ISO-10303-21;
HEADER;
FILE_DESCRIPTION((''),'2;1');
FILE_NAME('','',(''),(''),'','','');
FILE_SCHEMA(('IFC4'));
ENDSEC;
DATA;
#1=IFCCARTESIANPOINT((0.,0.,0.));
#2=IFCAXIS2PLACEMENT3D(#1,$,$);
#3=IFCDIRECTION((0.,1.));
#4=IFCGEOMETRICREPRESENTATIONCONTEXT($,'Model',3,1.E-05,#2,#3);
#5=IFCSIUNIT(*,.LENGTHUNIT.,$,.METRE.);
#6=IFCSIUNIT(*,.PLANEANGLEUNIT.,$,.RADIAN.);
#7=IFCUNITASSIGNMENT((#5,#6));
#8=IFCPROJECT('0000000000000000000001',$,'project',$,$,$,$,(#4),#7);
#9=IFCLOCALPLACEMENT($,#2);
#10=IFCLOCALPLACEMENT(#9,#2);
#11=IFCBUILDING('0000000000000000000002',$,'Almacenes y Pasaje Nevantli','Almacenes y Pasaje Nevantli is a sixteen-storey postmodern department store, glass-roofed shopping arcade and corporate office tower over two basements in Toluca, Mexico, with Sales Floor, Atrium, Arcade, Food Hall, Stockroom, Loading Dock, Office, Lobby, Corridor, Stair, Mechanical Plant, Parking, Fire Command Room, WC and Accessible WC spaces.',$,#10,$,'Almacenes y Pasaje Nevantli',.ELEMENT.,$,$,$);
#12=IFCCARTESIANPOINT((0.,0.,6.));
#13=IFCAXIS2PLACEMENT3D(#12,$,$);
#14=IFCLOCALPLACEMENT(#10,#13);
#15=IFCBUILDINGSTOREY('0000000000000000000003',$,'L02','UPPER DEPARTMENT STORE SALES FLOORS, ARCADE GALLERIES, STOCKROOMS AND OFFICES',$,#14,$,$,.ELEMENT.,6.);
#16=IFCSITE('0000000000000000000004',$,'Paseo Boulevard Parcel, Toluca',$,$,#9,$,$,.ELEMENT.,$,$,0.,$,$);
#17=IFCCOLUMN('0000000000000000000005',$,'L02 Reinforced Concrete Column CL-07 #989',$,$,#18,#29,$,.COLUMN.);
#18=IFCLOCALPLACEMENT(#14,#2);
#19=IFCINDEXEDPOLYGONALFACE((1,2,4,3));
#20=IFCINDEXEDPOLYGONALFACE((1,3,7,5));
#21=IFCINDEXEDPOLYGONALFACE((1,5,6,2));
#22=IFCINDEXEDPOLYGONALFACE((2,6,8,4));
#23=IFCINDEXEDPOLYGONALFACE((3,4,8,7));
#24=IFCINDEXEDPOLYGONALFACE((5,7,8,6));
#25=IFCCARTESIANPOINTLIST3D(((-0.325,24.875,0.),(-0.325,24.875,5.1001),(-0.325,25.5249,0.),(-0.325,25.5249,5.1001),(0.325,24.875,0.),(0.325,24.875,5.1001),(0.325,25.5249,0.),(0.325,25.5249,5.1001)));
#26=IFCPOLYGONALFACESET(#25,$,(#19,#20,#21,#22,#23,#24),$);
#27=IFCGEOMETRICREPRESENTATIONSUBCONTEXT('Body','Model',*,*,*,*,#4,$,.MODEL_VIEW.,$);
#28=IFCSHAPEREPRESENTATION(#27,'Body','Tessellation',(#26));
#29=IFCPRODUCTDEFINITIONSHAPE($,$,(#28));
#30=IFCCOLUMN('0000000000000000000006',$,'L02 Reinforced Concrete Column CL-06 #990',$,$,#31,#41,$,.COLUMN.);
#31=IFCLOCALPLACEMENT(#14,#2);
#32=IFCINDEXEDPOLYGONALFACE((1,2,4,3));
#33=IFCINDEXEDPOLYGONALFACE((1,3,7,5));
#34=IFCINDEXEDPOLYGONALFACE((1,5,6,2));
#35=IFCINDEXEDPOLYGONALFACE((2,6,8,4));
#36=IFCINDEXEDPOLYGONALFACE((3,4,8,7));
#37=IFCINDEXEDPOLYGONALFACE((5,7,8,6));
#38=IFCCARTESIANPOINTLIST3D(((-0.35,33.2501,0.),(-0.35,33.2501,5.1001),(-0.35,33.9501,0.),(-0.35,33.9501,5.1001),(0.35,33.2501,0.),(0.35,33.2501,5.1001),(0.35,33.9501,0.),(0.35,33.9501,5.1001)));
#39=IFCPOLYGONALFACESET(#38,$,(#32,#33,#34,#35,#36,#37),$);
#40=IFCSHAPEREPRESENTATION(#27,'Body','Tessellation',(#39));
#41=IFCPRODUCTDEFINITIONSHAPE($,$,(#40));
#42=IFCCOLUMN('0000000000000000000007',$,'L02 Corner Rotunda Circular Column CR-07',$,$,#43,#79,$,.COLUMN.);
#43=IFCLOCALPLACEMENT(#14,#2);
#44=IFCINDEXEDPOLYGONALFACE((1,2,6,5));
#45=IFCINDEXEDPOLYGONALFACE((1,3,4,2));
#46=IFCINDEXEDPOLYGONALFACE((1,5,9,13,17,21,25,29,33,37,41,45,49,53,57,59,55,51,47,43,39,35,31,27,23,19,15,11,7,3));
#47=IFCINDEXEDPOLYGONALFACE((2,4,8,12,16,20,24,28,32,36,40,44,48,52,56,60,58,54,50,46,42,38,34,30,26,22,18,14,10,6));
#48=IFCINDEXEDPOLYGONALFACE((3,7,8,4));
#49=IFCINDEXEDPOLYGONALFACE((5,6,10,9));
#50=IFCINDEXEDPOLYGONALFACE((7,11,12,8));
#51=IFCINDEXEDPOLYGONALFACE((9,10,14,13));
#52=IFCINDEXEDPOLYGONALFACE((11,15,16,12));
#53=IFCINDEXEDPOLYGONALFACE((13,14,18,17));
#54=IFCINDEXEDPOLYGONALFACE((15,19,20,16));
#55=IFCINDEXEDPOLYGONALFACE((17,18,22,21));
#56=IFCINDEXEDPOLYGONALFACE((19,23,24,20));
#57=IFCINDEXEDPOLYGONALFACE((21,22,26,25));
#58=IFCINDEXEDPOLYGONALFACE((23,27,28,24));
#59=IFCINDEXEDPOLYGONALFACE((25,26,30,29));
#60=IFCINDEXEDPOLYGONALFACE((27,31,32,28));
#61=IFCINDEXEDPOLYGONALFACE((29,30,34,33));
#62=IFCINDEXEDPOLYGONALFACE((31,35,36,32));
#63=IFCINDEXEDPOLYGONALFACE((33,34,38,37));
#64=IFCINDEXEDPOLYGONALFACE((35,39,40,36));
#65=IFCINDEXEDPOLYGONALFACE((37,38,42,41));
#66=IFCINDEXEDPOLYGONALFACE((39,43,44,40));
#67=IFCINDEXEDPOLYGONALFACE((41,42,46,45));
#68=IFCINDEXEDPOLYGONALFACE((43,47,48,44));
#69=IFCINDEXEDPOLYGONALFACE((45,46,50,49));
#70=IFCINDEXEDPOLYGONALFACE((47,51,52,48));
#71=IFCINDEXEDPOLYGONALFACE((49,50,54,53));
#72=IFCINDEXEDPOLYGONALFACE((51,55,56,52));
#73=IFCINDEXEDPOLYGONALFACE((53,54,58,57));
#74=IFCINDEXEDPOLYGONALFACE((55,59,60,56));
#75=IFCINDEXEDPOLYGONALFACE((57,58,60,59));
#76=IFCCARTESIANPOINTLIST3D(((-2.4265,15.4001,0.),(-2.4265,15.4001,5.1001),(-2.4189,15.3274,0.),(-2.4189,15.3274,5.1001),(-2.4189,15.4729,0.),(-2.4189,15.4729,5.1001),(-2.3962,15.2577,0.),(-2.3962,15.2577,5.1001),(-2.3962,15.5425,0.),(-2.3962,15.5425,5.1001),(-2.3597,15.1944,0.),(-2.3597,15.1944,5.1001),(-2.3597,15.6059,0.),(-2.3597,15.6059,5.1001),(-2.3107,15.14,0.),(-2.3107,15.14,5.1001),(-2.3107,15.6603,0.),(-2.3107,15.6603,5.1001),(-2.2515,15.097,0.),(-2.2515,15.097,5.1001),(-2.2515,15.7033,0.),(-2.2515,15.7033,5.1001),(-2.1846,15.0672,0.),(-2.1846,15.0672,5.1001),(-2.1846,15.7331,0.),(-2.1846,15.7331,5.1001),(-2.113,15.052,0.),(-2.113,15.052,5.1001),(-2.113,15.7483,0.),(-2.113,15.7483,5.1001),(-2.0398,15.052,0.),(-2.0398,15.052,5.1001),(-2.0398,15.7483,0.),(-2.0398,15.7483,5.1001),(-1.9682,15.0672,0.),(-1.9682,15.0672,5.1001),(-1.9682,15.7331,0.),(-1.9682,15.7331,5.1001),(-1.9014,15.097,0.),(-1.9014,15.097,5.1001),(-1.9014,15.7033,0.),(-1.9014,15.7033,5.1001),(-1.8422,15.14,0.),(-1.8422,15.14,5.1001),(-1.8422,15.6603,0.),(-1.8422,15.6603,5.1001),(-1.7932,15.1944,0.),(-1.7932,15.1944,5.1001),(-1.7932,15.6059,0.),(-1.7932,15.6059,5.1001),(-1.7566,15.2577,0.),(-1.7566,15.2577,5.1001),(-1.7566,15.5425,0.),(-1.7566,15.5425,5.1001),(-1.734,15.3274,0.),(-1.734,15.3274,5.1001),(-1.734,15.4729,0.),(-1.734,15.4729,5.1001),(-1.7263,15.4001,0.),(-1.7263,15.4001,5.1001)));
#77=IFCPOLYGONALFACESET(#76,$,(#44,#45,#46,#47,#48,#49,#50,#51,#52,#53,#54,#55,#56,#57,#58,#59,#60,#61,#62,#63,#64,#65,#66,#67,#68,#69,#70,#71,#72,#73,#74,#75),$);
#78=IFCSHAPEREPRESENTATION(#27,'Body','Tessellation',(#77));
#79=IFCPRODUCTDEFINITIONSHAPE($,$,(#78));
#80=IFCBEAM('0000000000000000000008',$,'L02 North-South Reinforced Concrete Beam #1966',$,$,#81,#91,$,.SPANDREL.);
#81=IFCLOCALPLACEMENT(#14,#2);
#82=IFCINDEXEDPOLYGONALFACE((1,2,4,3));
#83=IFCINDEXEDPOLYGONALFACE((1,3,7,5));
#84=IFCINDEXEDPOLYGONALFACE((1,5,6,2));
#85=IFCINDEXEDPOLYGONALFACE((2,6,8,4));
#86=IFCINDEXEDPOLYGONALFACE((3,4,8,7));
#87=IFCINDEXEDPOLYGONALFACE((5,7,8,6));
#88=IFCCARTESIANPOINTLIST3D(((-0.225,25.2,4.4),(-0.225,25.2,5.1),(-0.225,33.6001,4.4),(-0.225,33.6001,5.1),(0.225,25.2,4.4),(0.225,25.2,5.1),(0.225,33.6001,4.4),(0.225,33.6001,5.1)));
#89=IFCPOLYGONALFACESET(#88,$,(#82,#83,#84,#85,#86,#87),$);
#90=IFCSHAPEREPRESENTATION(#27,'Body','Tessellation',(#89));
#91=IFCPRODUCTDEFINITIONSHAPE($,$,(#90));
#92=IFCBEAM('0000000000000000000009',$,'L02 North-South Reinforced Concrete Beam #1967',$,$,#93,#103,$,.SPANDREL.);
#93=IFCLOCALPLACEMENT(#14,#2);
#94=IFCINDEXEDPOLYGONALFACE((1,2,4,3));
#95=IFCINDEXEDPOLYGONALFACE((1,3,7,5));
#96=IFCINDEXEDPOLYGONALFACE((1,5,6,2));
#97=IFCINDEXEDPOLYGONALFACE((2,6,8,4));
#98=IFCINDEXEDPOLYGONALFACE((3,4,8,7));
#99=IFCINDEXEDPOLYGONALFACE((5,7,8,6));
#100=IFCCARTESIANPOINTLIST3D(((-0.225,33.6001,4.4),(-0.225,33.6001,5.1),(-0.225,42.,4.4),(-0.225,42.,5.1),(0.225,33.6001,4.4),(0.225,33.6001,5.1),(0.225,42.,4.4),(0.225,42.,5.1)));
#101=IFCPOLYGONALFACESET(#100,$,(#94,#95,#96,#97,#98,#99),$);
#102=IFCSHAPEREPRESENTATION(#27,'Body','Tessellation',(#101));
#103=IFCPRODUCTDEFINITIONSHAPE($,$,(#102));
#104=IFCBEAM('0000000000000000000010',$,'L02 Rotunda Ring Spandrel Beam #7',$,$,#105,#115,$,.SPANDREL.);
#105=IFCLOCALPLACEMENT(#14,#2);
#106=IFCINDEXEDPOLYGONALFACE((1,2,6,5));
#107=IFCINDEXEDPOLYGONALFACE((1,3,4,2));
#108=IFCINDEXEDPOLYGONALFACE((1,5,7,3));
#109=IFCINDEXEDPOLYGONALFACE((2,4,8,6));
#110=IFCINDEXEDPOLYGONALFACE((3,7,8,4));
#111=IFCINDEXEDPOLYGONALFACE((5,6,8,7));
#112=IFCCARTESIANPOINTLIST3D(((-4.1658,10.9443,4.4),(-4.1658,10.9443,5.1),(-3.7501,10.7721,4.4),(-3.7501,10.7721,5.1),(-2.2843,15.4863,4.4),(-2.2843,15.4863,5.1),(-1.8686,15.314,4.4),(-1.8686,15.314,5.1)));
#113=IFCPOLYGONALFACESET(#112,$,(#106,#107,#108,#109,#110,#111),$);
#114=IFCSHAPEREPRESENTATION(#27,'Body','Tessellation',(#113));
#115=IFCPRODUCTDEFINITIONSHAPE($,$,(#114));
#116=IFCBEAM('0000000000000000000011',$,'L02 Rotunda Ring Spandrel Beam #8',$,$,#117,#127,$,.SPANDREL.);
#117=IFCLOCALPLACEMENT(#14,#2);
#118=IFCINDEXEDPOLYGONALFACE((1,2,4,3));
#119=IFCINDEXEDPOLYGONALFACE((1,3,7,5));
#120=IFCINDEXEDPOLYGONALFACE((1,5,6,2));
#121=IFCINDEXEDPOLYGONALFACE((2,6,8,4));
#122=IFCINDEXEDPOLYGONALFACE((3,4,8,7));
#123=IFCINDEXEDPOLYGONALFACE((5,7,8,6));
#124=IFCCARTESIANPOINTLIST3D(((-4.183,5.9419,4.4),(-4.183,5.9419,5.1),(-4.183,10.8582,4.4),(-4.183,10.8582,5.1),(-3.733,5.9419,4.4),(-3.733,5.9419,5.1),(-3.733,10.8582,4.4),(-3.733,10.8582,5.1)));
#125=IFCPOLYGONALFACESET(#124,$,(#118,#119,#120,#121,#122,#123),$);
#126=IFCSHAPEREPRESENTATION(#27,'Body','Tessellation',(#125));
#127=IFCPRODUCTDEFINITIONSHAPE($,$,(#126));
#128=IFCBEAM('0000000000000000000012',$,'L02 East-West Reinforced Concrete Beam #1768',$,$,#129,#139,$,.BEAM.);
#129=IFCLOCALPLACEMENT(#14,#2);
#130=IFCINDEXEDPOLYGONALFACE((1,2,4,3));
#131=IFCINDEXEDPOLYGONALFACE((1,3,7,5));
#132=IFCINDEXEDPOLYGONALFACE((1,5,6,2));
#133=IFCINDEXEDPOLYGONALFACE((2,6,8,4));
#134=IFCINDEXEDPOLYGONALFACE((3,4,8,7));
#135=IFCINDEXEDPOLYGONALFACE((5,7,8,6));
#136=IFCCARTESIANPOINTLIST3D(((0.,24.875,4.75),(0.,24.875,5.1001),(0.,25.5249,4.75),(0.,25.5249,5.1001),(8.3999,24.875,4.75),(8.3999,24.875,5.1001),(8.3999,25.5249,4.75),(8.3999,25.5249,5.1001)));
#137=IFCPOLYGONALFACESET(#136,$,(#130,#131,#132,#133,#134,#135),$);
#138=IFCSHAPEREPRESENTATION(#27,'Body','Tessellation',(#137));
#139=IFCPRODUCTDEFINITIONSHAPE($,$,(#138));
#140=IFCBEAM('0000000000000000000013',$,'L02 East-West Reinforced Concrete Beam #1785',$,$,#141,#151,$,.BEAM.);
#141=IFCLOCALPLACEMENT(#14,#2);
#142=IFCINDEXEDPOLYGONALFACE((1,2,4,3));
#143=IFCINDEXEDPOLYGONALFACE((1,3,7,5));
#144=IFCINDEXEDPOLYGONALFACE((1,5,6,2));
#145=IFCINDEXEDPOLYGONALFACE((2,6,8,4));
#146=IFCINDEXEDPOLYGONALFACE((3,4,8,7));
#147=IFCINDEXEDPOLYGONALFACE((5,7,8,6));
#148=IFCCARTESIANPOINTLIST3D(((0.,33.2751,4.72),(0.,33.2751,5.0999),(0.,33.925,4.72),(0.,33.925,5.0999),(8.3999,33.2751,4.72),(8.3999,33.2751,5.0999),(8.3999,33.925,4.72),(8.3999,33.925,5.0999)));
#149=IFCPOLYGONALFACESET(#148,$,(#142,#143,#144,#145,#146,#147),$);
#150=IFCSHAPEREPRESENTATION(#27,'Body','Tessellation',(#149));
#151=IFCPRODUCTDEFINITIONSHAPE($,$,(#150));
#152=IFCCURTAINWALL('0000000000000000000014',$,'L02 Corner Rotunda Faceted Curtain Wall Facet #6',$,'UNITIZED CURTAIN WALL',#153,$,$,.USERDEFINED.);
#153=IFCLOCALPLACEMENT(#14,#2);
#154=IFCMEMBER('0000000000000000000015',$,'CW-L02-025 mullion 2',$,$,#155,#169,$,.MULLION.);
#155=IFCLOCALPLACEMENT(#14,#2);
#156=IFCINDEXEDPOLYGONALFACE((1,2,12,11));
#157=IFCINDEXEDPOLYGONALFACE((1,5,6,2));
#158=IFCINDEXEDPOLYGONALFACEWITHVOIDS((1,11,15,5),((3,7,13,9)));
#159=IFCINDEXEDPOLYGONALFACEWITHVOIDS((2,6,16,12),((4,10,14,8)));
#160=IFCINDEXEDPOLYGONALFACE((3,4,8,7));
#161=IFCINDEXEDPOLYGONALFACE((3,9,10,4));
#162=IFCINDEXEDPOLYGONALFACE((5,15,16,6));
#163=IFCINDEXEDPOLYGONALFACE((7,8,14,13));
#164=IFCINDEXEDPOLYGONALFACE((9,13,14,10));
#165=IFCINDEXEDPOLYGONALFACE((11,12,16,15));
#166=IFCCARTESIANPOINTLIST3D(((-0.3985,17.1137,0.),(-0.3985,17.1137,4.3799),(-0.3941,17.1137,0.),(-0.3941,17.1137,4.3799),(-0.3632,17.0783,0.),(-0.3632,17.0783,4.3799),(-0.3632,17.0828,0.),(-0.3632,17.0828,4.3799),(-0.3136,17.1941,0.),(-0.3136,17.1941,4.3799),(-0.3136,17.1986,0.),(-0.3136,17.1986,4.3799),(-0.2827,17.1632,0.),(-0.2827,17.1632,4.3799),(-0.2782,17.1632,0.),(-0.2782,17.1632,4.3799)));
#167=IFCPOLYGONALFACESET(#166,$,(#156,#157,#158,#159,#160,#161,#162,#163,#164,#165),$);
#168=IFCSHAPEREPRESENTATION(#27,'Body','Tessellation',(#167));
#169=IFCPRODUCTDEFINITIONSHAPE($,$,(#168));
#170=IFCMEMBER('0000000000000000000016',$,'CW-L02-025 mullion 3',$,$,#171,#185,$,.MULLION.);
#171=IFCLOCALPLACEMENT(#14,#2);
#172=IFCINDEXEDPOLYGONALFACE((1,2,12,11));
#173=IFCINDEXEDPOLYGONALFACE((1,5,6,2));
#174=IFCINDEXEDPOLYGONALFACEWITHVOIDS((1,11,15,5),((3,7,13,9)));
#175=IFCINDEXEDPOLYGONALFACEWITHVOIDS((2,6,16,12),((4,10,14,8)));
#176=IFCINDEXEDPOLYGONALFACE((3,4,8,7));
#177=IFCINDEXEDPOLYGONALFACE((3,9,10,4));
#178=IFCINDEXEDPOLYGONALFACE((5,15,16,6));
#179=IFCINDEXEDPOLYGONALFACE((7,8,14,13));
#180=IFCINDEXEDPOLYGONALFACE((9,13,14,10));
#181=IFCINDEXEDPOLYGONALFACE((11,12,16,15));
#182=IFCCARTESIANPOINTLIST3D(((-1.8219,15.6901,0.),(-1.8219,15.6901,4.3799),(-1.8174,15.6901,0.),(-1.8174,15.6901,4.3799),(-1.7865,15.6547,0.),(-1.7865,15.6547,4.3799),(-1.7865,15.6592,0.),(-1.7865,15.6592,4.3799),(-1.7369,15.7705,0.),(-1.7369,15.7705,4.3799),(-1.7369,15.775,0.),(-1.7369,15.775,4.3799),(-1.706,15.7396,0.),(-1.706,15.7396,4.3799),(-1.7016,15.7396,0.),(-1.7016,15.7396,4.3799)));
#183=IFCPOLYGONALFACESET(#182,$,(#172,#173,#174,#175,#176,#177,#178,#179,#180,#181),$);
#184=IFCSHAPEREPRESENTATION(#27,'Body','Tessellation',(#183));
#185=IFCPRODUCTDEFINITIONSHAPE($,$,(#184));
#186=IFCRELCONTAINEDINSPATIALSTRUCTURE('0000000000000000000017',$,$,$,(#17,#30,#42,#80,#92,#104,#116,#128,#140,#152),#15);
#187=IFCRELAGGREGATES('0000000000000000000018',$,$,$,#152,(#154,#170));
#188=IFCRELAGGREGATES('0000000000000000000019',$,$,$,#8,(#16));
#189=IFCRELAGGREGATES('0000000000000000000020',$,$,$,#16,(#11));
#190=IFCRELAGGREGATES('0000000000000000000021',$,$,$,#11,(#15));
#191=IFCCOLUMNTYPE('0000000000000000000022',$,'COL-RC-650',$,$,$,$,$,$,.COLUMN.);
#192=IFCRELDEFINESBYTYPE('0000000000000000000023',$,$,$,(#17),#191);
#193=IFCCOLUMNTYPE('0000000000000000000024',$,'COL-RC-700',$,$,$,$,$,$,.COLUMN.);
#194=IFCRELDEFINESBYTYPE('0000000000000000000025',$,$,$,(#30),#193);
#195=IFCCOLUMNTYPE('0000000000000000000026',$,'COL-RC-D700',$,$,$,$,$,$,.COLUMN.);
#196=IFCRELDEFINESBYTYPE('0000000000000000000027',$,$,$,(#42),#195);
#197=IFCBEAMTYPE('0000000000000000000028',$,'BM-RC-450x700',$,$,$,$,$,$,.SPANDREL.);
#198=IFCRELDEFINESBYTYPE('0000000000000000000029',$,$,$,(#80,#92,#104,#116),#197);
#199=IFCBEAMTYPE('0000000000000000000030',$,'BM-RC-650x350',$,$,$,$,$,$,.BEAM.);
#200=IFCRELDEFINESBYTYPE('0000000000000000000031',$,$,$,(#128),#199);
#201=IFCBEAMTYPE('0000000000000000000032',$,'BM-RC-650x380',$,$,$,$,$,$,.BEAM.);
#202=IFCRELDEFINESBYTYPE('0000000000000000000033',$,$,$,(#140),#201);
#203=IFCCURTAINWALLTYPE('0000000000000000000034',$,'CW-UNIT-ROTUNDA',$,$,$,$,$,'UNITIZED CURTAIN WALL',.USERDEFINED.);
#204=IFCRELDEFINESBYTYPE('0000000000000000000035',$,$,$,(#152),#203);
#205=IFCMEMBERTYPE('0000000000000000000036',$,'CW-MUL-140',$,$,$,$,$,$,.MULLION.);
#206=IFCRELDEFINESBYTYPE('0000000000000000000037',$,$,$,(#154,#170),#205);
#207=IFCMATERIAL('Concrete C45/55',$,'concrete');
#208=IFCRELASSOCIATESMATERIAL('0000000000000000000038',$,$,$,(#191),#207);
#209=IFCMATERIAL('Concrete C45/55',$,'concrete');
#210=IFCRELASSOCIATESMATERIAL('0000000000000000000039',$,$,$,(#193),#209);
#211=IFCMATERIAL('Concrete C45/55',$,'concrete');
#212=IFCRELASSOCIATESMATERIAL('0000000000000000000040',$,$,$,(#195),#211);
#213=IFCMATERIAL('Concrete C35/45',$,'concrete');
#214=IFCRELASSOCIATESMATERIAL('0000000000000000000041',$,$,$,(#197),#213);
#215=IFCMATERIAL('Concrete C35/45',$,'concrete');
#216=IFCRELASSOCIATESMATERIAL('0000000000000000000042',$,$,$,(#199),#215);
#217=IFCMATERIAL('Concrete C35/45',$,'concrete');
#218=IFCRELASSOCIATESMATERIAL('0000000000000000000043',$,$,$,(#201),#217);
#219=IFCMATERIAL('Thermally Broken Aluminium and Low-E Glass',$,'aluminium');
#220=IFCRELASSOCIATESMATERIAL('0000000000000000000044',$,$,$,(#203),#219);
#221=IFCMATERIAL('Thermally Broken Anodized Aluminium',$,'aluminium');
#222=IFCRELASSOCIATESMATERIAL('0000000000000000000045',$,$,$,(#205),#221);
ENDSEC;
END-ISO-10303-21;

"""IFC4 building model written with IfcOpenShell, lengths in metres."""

from ifc_helpers import new_model, si_unit, direction, frame, origin, origin_2d, place, context, subcontext, project, spatial, rectangle, hollow_rectangle, circle, extrude, material, material_profile, profile_set, type_object, element, aggregate, save


model = new_model("IFC4")

# Units and contexts
model_context = context("Model", 3, precision=1e-05, world=origin(), true_north=direction((0.0, 1.0)))
body_context = subcontext(model_context, "Body", "Model", "MODEL_VIEW")
ifc_project = project(units=[si_unit("LENGTHUNIT", "METRE"), si_unit("PLANEANGLEUNIT", "RADIAN")], contexts=[model_context])

# Site, building, storey
site_placement = place(None, origin())
site = spatial("IfcSite", under=ifc_project, at=site_placement, Name="Paseo Boulevard Parcel, Toluca", CompositionType="ELEMENT", RefElevation=0.0)
building_placement = place(site_placement, origin())
building = spatial("IfcBuilding", under=site, at=building_placement, Name="Almacenes y Pasaje Nevantli", Description="Almacenes y Pasaje Nevantli is a sixteen-storey postmodern department store, glass-roofed shopping arcade and corporate office tower over two basements in Toluca, Mexico, with Sales Floor, Atrium, Arcade, Food Hall, Stockroom, Loading Dock, Office, Lobby, Corridor, Stair, Mechanical Plant, Parking, Fire Command Room, WC and Accessible WC spaces.", LongName="Almacenes y Pasaje Nevantli", CompositionType="ELEMENT")
storey_placement = place(building_placement, frame((0.0, 0.0, 6.0)))
storey = spatial("IfcBuildingStorey", under=building, at=storey_placement, Name="L02", Description="UPPER DEPARTMENT STORE SALES FLOORS, ARCADE GALLERIES, STOCKROOMS AND OFFICES", CompositionType="ELEMENT", Elevation=6.0)

# Columns
ifc_material_1 = material(Name="Concrete C45/55", Category="concrete")
ifc_material_profile_1 = material_profile(ifc_material_1, rectangle(XDim=0.6499, YDim=0.6499, at=origin_2d()), Name="RC-COL-650x650")
ifc_profile_set_1 = profile_set([ifc_material_profile_1], Name="Concrete C45/55")
column_type_1 = type_object("IfcColumnType", Name="COL-RC-650", PredefinedType="COLUMN", material=ifc_profile_set_1)
column_1_placement = place(storey_placement, frame((0.0, 25.2, 0.0), z_axis=(0.0, 0.0, 1.0), x_axis=(1.0, 0.0, 0.0)))
element("IfcColumn", 1, at=column_1_placement, inside=storey, type_object=column_type_1, Name="L02 Reinforced Concrete Column CL-07 #989", PredefinedType="COLUMN", context=body_context, shape_type="SweptSolid", body=[
    extrude(rectangle(XDim=0.6499, YDim=0.6499, at=origin_2d()), origin(), (0.0, 0.0, 1.0), 5.1001),
])
ifc_material_2 = material(Name="Concrete C45/55", Category="concrete")
ifc_material_profile_2 = material_profile(ifc_material_2, rectangle(XDim=0.7, YDim=0.7, at=origin_2d()), Name="RC-COL-700x700")
ifc_profile_set_2 = profile_set([ifc_material_profile_2], Name="Concrete C45/55")
column_type_2 = type_object("IfcColumnType", Name="COL-RC-700", PredefinedType="COLUMN", material=ifc_profile_set_2)
column_2_placement = place(storey_placement, frame((0.0, 33.6001, 0.0), z_axis=(0.0, 0.0, 1.0), x_axis=(1.0, 0.0, 0.0)))
element("IfcColumn", 2, at=column_2_placement, inside=storey, type_object=column_type_2, Name="L02 Reinforced Concrete Column CL-06 #990", PredefinedType="COLUMN", context=body_context, shape_type="SweptSolid", body=[
    extrude(rectangle(XDim=0.7, YDim=0.7, at=origin_2d()), origin(), (0.0, 0.0, 1.0), 5.1001),
])
ifc_material_3 = material(Name="Concrete C45/55", Category="concrete")
ifc_material_profile_3 = material_profile(ifc_material_3, circle(Radius=0.3501, at=origin_2d()), Name="RC-COL-D700")
ifc_profile_set_3 = profile_set([ifc_material_profile_3], Name="Concrete C45/55")
column_type_3 = type_object("IfcColumnType", Name="COL-RC-D700", PredefinedType="COLUMN", material=ifc_profile_set_3)
column_3_placement = place(storey_placement, frame((-2.0764, 15.4001, 0.0), z_axis=(0.0, 0.0, 1.0), x_axis=(1.0, 0.0, 0.0)))
element("IfcColumn", 3, at=column_3_placement, inside=storey, type_object=column_type_3, Name="L02 Corner Rotunda Circular Column CR-07", PredefinedType="COLUMN", context=body_context, shape_type="SweptSolid", body=[
    extrude(circle(Radius=0.3501, at=origin_2d()), origin(), (0.0, 0.0, 1.0), 5.1001),
])

# Beams
ifc_material_4 = material(Name="Concrete C35/45", Category="concrete")
ifc_material_profile_4 = material_profile(ifc_material_4, rectangle(XDim=0.45, YDim=0.7, at=origin_2d()), Name="RC-BM-450x700")
ifc_profile_set_4 = profile_set([ifc_material_profile_4], Name="Concrete C35/45")
beam_type_1 = type_object("IfcBeamType", Name="BM-RC-450x700", PredefinedType="SPANDREL", material=ifc_profile_set_4)
beam_1_placement = place(storey_placement, frame((0.0, 25.2, 4.75), z_axis=(0.0, 1.0, 0.0), x_axis=(-1.0, 0.0, 0.0)))
element("IfcBeam", 4, at=beam_1_placement, inside=storey, type_object=beam_type_1, Name="L02 North-South Reinforced Concrete Beam #1966", PredefinedType="SPANDREL", context=body_context, shape_type="SweptSolid", body=[
    extrude(rectangle(XDim=0.45, YDim=0.7, at=origin_2d()), origin(), (0.0, 0.0, 1.0), 8.4001),
])
beam_2_placement = place(storey_placement, frame((0.0, 33.6001, 4.75), z_axis=(0.0, 1.0, 0.0), x_axis=(-1.0, 0.0, 0.0)))
element("IfcBeam", 5, at=beam_2_placement, inside=storey, type_object=beam_type_1, Name="L02 North-South Reinforced Concrete Beam #1967", PredefinedType="SPANDREL", context=body_context, shape_type="SweptSolid", body=[
    extrude(rectangle(XDim=0.45, YDim=0.7, at=origin_2d()), origin(), (0.0, 0.0, 1.0), 8.3999),
])
for number, where, z_axis, x_axis, name in (
    (6, (-2.0764, 15.4001, 4.75), (-0.382725, -0.923862, 0.0), (0.923862, -0.382725, 0.0), "L02 Rotunda Ring Spandrel Beam #7"),
    (7, (-3.958, 10.8582, 4.75), (0.0, -1.0, 0.0), (1.0, 0.0, 0.0), "L02 Rotunda Ring Spandrel Beam #8"),
):
    element("IfcBeam", number, at=place(storey_placement, frame(where, z_axis=z_axis, x_axis=x_axis)), inside=storey, type_object=beam_type_1, Name=name, PredefinedType="SPANDREL", context=body_context, shape_type="SweptSolid", body=[
        extrude(rectangle(XDim=0.45, YDim=0.7, at=origin_2d()), origin(), (0.0, 0.0, 1.0), 4.9163),
    ])
ifc_material_5 = material(Name="Concrete C35/45", Category="concrete")
ifc_material_profile_5 = material_profile(ifc_material_5, rectangle(XDim=0.6499, YDim=0.3501, at=origin_2d()), Name="RC-BM-650x350")
ifc_profile_set_5 = profile_set([ifc_material_profile_5], Name="Concrete C35/45")
beam_type_2 = type_object("IfcBeamType", Name="BM-RC-650x350", PredefinedType="BEAM", material=ifc_profile_set_5)
beam_3_placement = place(storey_placement, frame((0.0, 25.2, 4.925), z_axis=(1.0, 0.0, 0.0), x_axis=(0.0, 1.0, 0.0)))
element("IfcBeam", 8, at=beam_3_placement, inside=storey, type_object=beam_type_2, Name="L02 East-West Reinforced Concrete Beam #1768", PredefinedType="BEAM", context=body_context, shape_type="SweptSolid", body=[
    extrude(rectangle(XDim=0.6499, YDim=0.3501, at=origin_2d()), origin(), (0.0, 0.0, 1.0), 8.3999),
])
ifc_material_6 = material(Name="Concrete C35/45", Category="concrete")
ifc_material_profile_6 = material_profile(ifc_material_6, rectangle(XDim=0.6499, YDim=0.3799, at=origin_2d()), Name="RC-BM-650x380")
ifc_profile_set_6 = profile_set([ifc_material_profile_6], Name="Concrete C35/45")
beam_type_3 = type_object("IfcBeamType", Name="BM-RC-650x380", PredefinedType="BEAM", material=ifc_profile_set_6)
beam_4_placement = place(storey_placement, frame((0.0, 33.6001, 4.9099), z_axis=(1.0, 0.0, 0.0), x_axis=(0.0, 1.0, 0.0)))
element("IfcBeam", 9, at=beam_4_placement, inside=storey, type_object=beam_type_3, Name="L02 East-West Reinforced Concrete Beam #1785", PredefinedType="BEAM", context=body_context, shape_type="SweptSolid", body=[
    extrude(rectangle(XDim=0.6499, YDim=0.3799, at=origin_2d()), origin(), (0.0, 0.0, 1.0), 8.3999),
])

# Curtain wall, members
ifc_material_7 = material(Name="Thermally Broken Aluminium and Low-E Glass", Category="aluminium")
curtain_wall_type = type_object("IfcCurtainWallType", Name="CW-UNIT-ROTUNDA", ElementType="UNITIZED CURTAIN WALL", PredefinedType="USERDEFINED", material=ifc_material_7)
curtain_wall_1_placement = place(storey_placement, origin())
curtain_wall_1 = element("IfcCurtainWall", 10, at=curtain_wall_1_placement, inside=storey, type_object=curtain_wall_type, Name="L02 Corner Rotunda Faceted Curtain Wall Facet #6", ObjectType="UNITIZED CURTAIN WALL", PredefinedType="USERDEFINED")
ifc_material_8 = material(Name="Thermally Broken Anodized Aluminium", Category="aluminium")
ifc_material_profile_7 = material_profile(ifc_material_8, hollow_rectangle(XDim=0.05, YDim=0.1201, WallThickness=0.0032, at=origin_2d()), Name="ALU-MUL-50x120")
ifc_profile_set_7 = profile_set([ifc_material_profile_7], Name="Thermally Broken Anodized Aluminium")
member_type_1 = type_object("IfcMemberType", Name="CW-MUL-140", PredefinedType="MULLION", material=ifc_profile_set_7)
member_1_placement = place(storey_placement, frame((-0.3384, 17.1384, 0.0), z_axis=(0.0, 0.0, 1.0), x_axis=(0.707107, -0.707107, 0.0)))
member_1 = element("IfcMember", 11, at=member_1_placement, type_object=member_type_1, Name="CW-L02-025 mullion 2", PredefinedType="MULLION", context=body_context, shape_type="SweptSolid", body=[
    extrude(hollow_rectangle(XDim=0.05, YDim=0.1201, WallThickness=0.0032, at=origin_2d()), origin(), (0.0, 0.0, 1.0), 4.3799),
])
member_2_placement = place(storey_placement, frame((-1.7617, 15.7148, 0.0), z_axis=(0.0, 0.0, 1.0), x_axis=(0.707107, -0.707107, 0.0)))
member_2 = element("IfcMember", 12, at=member_2_placement, type_object=member_type_1, Name="CW-L02-025 mullion 3", PredefinedType="MULLION", context=body_context, shape_type="SweptSolid", body=[
    extrude(hollow_rectangle(XDim=0.05, YDim=0.1201, WallThickness=0.0032, at=origin_2d()), origin(), (0.0, 0.0, 1.0), 4.3799),
])

aggregate(curtain_wall_1, [member_1, member_2])

save(model, "model.ifc")
